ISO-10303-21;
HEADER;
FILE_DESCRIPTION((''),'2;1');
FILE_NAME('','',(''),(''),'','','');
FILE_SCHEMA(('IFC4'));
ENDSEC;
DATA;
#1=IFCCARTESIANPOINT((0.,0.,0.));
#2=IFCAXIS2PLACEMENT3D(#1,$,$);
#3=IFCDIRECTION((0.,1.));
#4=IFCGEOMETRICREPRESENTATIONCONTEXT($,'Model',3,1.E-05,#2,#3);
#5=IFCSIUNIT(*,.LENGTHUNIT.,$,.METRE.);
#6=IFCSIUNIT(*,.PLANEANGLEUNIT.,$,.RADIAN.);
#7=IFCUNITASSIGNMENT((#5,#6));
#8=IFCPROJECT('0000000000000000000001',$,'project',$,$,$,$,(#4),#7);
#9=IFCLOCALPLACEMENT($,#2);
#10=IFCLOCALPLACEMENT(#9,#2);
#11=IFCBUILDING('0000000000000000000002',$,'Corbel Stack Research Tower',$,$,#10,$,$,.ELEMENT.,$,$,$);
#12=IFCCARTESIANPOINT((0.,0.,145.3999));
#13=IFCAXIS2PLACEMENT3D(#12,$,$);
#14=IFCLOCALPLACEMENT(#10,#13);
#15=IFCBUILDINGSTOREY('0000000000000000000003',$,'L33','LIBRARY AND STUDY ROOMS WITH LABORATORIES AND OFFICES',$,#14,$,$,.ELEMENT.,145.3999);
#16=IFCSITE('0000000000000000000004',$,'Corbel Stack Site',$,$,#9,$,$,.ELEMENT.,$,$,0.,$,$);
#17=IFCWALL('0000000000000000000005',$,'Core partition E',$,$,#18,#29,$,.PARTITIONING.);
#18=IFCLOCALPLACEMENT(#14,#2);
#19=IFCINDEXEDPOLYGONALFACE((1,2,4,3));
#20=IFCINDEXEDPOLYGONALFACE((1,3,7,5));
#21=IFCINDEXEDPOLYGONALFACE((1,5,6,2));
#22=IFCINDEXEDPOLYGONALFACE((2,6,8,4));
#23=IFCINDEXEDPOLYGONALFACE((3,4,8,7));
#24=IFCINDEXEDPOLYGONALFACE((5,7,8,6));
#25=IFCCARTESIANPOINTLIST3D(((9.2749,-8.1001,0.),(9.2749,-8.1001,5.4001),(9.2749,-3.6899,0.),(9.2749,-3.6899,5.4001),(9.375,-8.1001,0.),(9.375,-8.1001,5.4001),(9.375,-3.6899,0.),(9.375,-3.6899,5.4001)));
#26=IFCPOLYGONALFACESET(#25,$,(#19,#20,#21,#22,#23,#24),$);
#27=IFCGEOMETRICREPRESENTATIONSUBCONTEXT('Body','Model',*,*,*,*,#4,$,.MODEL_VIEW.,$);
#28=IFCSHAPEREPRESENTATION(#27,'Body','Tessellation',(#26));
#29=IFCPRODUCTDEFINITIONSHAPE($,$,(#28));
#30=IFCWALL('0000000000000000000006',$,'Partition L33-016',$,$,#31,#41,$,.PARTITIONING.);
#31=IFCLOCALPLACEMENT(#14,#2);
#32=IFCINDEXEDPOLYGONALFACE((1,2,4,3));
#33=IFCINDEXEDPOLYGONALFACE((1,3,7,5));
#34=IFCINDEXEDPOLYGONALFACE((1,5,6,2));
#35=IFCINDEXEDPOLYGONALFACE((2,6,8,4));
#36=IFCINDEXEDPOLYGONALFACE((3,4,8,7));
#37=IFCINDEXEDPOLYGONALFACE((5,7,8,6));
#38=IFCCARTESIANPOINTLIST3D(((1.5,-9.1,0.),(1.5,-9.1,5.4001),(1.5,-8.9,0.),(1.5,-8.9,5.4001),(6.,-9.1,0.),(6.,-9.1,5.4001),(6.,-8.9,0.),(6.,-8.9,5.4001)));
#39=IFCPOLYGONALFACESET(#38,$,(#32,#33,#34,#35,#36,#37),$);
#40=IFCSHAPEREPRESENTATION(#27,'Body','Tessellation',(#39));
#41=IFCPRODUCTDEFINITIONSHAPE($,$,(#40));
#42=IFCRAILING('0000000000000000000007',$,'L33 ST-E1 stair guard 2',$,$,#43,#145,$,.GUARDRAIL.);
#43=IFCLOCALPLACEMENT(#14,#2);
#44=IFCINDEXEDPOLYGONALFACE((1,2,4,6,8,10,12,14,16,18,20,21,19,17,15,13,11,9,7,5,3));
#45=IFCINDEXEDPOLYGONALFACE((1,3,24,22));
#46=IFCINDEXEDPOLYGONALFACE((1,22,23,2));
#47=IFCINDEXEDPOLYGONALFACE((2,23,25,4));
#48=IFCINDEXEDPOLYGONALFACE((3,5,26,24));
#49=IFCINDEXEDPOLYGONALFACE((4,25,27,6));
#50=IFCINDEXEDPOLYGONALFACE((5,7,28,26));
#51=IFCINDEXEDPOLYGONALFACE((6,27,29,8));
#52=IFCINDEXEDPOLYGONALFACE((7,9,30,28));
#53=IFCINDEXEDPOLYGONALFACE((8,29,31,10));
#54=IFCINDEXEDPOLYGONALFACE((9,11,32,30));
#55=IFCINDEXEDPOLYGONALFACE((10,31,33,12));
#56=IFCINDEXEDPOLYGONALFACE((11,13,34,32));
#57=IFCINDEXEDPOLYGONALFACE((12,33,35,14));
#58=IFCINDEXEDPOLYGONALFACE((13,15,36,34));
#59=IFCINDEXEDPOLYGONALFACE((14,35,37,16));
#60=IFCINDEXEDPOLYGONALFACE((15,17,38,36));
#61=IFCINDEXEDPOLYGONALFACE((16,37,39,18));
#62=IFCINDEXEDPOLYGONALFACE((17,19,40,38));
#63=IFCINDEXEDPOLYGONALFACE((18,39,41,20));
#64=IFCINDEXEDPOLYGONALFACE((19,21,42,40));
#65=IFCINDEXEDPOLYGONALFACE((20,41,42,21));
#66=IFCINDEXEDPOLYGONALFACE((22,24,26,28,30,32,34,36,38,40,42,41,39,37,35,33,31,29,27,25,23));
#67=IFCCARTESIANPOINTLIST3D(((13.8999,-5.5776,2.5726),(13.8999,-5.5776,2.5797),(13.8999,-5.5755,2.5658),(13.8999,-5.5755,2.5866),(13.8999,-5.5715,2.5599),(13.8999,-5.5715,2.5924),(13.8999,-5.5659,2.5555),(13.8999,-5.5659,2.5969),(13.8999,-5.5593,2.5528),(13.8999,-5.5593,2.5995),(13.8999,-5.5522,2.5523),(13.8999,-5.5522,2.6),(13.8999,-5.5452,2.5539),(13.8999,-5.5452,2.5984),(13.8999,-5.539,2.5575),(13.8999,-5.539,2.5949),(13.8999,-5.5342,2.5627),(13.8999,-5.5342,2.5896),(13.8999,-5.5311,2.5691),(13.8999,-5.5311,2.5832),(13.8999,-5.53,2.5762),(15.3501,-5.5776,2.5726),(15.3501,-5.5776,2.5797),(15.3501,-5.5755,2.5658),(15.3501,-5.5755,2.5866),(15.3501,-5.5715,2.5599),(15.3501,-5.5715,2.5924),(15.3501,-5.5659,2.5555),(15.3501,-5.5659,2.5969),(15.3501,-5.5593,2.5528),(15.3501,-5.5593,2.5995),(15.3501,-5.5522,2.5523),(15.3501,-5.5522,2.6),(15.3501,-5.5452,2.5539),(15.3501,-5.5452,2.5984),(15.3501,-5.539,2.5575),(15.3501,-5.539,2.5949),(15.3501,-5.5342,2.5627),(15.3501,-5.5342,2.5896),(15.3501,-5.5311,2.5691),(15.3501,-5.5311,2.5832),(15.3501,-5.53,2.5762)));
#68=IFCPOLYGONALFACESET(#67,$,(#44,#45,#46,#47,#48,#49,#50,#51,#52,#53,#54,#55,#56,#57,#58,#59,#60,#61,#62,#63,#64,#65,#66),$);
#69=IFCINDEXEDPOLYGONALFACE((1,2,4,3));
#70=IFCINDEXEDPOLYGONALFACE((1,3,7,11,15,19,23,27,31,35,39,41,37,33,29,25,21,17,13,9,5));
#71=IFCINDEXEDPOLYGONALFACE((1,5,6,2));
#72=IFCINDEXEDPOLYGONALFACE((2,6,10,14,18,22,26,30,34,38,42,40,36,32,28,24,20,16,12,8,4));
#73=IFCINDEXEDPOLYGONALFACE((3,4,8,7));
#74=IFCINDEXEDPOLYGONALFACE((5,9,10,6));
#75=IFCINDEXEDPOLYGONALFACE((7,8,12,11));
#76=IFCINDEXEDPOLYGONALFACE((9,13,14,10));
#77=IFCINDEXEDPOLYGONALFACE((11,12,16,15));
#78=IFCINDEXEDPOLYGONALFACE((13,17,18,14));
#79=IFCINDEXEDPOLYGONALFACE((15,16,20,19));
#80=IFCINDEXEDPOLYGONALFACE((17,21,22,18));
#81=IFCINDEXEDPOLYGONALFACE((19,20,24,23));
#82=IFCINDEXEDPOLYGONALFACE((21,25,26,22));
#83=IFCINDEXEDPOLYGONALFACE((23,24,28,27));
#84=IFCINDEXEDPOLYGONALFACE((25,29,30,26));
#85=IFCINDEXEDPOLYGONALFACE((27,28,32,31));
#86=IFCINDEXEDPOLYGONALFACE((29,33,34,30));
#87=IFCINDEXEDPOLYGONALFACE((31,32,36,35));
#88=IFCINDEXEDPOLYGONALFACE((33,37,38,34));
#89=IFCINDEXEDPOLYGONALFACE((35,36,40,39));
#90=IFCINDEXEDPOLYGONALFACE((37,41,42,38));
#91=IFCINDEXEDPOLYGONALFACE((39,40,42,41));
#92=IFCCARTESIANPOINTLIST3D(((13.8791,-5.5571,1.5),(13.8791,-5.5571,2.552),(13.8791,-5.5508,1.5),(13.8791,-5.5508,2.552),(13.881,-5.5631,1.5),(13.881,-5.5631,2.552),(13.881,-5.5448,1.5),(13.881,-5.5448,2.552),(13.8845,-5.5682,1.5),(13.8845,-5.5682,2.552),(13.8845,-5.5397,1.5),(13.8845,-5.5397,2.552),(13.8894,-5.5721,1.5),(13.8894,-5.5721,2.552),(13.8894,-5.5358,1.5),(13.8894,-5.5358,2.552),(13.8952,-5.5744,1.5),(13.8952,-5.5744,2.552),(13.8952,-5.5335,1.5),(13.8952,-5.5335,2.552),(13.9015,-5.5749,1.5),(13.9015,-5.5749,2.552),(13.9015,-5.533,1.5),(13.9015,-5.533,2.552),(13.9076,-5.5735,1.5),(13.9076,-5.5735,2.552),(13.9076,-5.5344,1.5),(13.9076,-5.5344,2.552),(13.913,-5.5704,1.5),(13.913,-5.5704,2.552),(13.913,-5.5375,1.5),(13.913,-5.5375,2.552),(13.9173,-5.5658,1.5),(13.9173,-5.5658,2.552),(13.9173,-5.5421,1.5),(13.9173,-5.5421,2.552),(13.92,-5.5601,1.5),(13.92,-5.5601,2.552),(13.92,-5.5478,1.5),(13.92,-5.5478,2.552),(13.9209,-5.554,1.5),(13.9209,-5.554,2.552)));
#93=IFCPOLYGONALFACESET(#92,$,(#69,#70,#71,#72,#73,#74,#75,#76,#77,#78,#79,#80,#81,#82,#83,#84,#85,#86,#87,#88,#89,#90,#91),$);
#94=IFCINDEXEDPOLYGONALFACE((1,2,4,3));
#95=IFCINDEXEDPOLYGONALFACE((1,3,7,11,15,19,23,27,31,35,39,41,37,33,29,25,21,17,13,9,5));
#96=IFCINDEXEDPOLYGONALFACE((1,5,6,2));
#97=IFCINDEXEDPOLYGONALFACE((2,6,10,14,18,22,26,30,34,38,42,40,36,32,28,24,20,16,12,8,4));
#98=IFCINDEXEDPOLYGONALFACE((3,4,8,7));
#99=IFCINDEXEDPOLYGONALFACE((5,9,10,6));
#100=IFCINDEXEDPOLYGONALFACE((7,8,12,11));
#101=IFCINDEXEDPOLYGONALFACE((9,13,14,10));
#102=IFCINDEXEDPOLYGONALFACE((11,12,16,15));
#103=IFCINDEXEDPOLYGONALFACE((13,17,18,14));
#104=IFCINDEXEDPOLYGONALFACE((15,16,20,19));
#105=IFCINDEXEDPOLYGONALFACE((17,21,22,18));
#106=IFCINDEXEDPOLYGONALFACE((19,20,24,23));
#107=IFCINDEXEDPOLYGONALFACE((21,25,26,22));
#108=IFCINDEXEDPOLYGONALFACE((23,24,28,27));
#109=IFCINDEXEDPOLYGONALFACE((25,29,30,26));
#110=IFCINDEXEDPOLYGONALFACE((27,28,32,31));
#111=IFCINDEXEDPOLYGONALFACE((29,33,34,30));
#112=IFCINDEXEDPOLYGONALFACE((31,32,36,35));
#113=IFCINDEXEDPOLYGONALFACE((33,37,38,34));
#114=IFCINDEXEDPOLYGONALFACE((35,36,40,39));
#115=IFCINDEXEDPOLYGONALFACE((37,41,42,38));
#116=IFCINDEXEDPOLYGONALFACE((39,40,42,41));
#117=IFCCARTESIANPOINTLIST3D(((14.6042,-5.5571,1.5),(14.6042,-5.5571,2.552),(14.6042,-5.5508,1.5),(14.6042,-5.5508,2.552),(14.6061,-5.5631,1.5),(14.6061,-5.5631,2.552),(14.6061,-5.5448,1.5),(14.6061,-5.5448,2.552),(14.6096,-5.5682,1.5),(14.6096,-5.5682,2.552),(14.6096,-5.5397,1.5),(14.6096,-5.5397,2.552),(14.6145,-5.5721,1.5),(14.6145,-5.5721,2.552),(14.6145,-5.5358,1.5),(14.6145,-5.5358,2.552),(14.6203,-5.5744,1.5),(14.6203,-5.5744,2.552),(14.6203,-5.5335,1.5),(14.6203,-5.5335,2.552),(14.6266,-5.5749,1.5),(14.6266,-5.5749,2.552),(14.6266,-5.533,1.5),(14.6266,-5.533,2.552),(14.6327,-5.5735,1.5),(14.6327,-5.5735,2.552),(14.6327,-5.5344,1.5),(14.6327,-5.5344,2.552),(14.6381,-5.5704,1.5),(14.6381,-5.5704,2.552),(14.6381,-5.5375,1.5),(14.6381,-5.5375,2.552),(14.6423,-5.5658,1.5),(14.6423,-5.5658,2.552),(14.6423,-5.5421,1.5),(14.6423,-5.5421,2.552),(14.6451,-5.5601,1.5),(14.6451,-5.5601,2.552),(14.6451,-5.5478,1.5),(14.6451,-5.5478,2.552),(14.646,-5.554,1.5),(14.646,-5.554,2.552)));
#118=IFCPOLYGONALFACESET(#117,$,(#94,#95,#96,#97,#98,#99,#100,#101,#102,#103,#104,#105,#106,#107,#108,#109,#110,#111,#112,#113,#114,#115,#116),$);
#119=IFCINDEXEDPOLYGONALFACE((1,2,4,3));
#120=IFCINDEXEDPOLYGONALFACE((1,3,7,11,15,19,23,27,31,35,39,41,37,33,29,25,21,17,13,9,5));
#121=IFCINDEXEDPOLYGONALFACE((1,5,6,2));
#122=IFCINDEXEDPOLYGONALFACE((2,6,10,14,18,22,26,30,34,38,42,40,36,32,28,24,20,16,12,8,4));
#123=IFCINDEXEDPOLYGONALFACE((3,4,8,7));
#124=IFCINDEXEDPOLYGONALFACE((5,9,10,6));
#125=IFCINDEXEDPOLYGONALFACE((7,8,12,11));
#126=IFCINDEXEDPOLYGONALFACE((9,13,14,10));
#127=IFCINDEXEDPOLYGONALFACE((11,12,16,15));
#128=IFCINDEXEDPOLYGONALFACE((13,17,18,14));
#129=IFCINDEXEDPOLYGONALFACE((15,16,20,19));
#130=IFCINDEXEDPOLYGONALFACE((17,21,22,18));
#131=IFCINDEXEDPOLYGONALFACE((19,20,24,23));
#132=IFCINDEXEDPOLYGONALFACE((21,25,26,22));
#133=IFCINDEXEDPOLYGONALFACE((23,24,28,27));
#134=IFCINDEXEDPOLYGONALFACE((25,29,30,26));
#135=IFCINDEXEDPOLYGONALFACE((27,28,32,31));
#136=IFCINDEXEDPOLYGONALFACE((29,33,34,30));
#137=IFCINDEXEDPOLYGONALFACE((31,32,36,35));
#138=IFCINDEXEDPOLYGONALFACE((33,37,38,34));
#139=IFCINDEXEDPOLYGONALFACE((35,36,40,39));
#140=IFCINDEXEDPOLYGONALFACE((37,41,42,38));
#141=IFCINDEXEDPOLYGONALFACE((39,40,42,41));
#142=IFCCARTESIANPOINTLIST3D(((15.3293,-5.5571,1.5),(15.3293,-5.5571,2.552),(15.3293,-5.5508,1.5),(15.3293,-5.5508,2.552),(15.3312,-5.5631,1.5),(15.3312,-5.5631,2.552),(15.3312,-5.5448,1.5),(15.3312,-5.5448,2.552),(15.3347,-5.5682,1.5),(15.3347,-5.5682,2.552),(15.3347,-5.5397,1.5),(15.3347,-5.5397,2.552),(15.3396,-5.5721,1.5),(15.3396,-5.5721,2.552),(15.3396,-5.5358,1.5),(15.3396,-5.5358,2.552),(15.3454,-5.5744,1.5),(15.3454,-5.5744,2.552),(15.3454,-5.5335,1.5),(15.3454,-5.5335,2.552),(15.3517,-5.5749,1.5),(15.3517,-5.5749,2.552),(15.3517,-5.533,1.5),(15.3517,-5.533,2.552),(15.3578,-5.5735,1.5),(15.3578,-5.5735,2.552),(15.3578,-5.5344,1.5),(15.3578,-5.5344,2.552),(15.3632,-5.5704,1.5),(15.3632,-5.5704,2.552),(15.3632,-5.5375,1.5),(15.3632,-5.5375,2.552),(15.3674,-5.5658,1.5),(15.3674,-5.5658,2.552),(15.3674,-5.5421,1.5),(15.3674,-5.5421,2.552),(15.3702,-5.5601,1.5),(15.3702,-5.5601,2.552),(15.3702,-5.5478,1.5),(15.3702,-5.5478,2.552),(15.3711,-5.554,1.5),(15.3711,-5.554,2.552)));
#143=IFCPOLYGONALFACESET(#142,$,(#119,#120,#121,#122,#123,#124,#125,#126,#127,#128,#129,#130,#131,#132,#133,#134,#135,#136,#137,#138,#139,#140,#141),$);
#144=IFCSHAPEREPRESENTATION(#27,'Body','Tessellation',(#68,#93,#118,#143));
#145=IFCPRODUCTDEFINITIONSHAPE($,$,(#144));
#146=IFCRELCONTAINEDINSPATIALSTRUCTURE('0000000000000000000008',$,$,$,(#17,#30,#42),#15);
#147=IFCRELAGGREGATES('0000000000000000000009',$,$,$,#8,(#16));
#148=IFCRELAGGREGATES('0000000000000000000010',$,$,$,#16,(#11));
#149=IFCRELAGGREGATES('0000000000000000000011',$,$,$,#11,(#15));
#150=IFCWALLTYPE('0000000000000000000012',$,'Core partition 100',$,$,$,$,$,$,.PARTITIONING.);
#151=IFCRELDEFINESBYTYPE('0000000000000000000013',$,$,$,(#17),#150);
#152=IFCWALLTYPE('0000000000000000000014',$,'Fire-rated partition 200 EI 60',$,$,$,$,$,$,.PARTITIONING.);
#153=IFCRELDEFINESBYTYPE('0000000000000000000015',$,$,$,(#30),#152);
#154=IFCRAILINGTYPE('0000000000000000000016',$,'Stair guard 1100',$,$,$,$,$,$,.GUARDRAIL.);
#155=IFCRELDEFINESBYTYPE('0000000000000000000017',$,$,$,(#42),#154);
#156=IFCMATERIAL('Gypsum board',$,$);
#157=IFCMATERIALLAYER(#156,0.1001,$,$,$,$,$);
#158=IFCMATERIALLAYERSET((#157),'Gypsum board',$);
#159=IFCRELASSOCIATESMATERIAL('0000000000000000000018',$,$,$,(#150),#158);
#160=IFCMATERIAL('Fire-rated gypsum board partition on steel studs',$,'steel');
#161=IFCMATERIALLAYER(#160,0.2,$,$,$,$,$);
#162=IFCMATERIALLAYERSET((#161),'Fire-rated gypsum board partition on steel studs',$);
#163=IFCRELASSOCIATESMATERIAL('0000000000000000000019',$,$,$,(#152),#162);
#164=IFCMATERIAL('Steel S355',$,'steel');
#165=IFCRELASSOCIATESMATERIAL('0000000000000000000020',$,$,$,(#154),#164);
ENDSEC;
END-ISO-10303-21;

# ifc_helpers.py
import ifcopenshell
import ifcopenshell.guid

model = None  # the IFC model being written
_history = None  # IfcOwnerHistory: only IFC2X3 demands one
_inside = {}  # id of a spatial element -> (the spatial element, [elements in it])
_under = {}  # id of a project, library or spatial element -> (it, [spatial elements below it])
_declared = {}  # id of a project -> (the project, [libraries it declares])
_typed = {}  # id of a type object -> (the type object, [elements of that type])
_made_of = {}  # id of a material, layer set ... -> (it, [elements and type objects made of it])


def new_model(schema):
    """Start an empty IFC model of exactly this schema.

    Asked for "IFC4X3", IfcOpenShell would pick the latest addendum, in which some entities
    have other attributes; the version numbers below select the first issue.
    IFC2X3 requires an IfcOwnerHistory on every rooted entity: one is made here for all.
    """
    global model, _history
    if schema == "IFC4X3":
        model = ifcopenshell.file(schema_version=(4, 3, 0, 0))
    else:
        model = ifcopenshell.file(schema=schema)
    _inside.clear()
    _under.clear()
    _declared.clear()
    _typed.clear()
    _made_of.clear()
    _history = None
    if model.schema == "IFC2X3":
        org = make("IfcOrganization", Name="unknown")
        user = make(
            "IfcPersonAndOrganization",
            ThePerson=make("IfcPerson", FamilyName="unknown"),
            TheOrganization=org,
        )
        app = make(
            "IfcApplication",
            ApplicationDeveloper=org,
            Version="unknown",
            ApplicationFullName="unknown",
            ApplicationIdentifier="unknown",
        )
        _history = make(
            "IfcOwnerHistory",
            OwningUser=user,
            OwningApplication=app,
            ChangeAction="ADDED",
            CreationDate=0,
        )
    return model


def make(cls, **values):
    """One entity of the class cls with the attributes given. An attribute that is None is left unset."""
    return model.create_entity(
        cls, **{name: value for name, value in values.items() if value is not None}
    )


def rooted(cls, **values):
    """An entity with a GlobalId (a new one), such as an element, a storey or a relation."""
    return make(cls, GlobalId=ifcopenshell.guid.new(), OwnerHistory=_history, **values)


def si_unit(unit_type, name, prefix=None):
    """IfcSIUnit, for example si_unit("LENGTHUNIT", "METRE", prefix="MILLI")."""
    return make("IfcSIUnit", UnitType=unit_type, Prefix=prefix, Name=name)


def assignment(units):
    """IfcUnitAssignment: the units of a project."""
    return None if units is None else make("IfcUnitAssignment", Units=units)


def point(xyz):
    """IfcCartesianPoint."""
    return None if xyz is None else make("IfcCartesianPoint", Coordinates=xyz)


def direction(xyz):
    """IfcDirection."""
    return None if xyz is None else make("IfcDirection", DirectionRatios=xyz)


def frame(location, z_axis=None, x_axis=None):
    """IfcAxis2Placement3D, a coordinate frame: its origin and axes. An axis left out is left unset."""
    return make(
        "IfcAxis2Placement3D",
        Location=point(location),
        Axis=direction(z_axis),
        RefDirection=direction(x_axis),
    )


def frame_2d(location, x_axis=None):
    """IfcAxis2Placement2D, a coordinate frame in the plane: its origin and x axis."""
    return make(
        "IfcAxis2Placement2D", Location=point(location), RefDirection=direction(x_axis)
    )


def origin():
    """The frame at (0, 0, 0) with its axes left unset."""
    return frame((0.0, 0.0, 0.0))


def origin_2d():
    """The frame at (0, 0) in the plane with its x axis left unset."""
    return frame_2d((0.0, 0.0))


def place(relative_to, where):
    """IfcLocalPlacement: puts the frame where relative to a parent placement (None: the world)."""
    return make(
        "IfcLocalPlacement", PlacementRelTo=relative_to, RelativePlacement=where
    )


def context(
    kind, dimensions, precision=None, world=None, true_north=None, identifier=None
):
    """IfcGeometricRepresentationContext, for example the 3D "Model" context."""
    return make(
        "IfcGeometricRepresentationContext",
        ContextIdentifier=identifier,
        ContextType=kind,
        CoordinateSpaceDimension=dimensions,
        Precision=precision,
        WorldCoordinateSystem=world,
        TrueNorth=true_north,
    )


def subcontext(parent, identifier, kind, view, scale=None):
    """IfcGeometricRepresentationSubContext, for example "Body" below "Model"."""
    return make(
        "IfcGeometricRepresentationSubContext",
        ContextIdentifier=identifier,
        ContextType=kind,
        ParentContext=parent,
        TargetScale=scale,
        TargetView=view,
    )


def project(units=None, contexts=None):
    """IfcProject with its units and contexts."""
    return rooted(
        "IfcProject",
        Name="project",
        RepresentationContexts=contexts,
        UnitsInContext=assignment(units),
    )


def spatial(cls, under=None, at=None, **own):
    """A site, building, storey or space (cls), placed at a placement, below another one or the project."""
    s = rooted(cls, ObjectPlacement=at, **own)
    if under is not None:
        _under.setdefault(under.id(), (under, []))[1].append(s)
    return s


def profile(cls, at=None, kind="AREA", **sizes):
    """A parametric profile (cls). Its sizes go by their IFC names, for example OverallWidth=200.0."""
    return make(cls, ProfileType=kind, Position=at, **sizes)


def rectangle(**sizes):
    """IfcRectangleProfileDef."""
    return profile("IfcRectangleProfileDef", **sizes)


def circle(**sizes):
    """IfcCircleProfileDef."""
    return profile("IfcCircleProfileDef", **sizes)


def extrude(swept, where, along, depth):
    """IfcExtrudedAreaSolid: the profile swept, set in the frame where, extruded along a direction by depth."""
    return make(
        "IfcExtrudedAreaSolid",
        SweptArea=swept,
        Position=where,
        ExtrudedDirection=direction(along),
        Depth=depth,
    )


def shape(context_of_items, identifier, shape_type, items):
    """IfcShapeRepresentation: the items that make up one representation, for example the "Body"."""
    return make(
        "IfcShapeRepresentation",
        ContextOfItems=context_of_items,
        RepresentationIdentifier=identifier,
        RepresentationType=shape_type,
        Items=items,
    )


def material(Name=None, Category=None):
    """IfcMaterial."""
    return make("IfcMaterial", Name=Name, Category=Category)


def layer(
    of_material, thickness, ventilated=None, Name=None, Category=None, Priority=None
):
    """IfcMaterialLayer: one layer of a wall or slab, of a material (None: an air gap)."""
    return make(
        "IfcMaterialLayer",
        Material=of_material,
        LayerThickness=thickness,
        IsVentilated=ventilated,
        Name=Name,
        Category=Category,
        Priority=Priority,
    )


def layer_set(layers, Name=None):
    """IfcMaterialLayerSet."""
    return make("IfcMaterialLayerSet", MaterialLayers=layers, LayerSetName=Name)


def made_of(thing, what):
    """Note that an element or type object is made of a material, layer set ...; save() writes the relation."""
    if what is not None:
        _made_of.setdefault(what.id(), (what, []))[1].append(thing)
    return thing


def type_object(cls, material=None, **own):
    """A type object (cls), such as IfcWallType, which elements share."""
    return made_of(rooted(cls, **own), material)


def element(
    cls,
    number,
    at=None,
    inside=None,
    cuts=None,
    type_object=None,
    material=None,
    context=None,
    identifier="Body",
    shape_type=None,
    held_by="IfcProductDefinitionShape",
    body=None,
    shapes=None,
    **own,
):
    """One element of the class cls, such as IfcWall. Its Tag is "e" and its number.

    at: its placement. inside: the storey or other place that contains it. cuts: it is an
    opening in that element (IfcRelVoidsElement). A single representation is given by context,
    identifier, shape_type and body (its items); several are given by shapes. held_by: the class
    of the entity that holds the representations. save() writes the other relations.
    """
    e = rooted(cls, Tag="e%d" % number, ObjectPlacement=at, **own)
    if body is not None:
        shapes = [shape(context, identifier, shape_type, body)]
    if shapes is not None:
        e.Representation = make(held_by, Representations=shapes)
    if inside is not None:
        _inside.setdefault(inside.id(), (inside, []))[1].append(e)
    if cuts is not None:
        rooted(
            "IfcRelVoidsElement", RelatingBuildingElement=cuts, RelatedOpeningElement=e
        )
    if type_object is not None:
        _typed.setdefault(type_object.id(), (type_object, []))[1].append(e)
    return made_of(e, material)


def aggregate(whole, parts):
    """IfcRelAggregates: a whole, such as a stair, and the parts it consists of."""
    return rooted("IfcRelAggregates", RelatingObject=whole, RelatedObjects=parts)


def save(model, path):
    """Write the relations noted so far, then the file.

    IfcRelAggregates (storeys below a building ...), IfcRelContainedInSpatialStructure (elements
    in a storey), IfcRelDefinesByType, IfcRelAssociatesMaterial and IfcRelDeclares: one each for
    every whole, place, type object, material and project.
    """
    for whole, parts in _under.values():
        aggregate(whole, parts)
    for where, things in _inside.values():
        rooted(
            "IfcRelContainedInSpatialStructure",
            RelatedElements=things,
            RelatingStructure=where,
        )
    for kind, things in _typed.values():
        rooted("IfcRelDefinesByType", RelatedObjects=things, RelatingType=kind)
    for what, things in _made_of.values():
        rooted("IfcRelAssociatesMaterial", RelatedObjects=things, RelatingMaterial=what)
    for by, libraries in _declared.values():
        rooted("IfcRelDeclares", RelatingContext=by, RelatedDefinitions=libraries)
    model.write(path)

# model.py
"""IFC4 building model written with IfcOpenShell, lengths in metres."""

from ifc_helpers import new_model, si_unit, direction, frame, frame_2d, origin, origin_2d, place, context, subcontext, project, spatial, rectangle, circle, extrude, material, layer, layer_set, type_object, element, save


model = new_model("IFC4")

# Units and contexts
model_context = context("Model", 3, precision=1e-05, world=origin(), true_north=direction((0.0, 1.0)))
body_context = subcontext(model_context, "Body", "Model", "MODEL_VIEW")
ifc_project = project(units=[si_unit("LENGTHUNIT", "METRE"), si_unit("PLANEANGLEUNIT", "RADIAN")], contexts=[model_context])

# Site, building, storey
site_placement = place(None, origin())
site = spatial("IfcSite", under=ifc_project, at=site_placement, Name="Corbel Stack Site", CompositionType="ELEMENT", RefElevation=0.0)
building_placement = place(site_placement, origin())
building = spatial("IfcBuilding", under=site, at=building_placement, Name="Corbel Stack Research Tower", CompositionType="ELEMENT")
storey_placement = place(building_placement, frame((0.0, 0.0, 145.3999)))
storey = spatial("IfcBuildingStorey", under=building, at=storey_placement, Name="L33", Description="LIBRARY AND STUDY ROOMS WITH LABORATORIES AND OFFICES", CompositionType="ELEMENT", Elevation=145.3999)

# Walls
ifc_material_1 = material(Name="Gypsum board")
ifc_layer_1 = layer(ifc_material_1, 0.1001)
ifc_layer_set_1 = layer_set([ifc_layer_1], Name="Gypsum board")
wall_type_1 = type_object("IfcWallType", Name="Core partition 100", PredefinedType="PARTITIONING", material=ifc_layer_set_1)
wall_1_placement = place(storey_placement, frame((9.325, -8.1001, 0.0), z_axis=(0.0, 0.0, 1.0), x_axis=(0.0, 1.0, 0.0)))
element("IfcWall", 1, at=wall_1_placement, inside=storey, type_object=wall_type_1, Name="Core partition E", PredefinedType="PARTITIONING", context=body_context, shape_type="SweptSolid", body=[
    extrude(rectangle(XDim=4.4102, YDim=0.1001, at=frame_2d((2.2051, 0.0))), origin(), (0.0, 0.0, 1.0), 5.4001),
])
ifc_material_2 = material(Name="Fire-rated gypsum board partition on steel studs", Category="steel")
ifc_layer_2 = layer(ifc_material_2, 0.2)
ifc_layer_set_2 = layer_set([ifc_layer_2], Name="Fire-rated gypsum board partition on steel studs")
wall_type_2 = type_object("IfcWallType", Name="Fire-rated partition 200 EI 60", PredefinedType="PARTITIONING", material=ifc_layer_set_2)
wall_2_placement = place(storey_placement, frame((1.5, -9.0, 0.0), z_axis=(0.0, 0.0, 1.0), x_axis=(1.0, 0.0, 0.0)))
element("IfcWall", 2, at=wall_2_placement, inside=storey, type_object=wall_type_2, Name="Partition L33-016", PredefinedType="PARTITIONING", context=body_context, shape_type="SweptSolid", body=[
    extrude(rectangle(XDim=4.5, YDim=0.2, at=frame_2d((2.25, 0.0))), origin(), (0.0, 0.0, 1.0), 5.4001),
])

# Railing
ifc_material_3 = material(Name="Steel S355", Category="steel")
railing_type = type_object("IfcRailingType", Name="Stair guard 1100", PredefinedType="GUARDRAIL", material=ifc_material_3)
railing_placement = place(storey_placement, frame((13.8999, -5.554, 1.5)))
element("IfcRailing", 3, at=railing_placement, inside=storey, type_object=railing_type, Name="L33 ST-E1 stair guard 2", PredefinedType="GUARDRAIL", context=body_context, shape_type="SweptSolid", body=[
    extrude(circle(Radius=0.0239, at=origin_2d()), frame((0.0, 0.0, 1.0762), z_axis=(1.0, 0.0, 0.0), x_axis=(0.0, 1.0, 0.0)), (0.0, 0.0, 1.0), 1.4502),
    extrude(circle(Radius=0.021, at=origin_2d()), origin(), (0.0, 0.0, 1.0), 1.052),
    extrude(circle(Radius=0.021, at=origin_2d()), frame((0.7251, 0.0, 0.0)), (0.0, 0.0, 1.0), 1.052),
    extrude(circle(Radius=0.021, at=origin_2d()), frame((1.4502, 0.0, 0.0)), (0.0, 0.0, 1.0), 1.052),
])

save(model, "model.ifc")
